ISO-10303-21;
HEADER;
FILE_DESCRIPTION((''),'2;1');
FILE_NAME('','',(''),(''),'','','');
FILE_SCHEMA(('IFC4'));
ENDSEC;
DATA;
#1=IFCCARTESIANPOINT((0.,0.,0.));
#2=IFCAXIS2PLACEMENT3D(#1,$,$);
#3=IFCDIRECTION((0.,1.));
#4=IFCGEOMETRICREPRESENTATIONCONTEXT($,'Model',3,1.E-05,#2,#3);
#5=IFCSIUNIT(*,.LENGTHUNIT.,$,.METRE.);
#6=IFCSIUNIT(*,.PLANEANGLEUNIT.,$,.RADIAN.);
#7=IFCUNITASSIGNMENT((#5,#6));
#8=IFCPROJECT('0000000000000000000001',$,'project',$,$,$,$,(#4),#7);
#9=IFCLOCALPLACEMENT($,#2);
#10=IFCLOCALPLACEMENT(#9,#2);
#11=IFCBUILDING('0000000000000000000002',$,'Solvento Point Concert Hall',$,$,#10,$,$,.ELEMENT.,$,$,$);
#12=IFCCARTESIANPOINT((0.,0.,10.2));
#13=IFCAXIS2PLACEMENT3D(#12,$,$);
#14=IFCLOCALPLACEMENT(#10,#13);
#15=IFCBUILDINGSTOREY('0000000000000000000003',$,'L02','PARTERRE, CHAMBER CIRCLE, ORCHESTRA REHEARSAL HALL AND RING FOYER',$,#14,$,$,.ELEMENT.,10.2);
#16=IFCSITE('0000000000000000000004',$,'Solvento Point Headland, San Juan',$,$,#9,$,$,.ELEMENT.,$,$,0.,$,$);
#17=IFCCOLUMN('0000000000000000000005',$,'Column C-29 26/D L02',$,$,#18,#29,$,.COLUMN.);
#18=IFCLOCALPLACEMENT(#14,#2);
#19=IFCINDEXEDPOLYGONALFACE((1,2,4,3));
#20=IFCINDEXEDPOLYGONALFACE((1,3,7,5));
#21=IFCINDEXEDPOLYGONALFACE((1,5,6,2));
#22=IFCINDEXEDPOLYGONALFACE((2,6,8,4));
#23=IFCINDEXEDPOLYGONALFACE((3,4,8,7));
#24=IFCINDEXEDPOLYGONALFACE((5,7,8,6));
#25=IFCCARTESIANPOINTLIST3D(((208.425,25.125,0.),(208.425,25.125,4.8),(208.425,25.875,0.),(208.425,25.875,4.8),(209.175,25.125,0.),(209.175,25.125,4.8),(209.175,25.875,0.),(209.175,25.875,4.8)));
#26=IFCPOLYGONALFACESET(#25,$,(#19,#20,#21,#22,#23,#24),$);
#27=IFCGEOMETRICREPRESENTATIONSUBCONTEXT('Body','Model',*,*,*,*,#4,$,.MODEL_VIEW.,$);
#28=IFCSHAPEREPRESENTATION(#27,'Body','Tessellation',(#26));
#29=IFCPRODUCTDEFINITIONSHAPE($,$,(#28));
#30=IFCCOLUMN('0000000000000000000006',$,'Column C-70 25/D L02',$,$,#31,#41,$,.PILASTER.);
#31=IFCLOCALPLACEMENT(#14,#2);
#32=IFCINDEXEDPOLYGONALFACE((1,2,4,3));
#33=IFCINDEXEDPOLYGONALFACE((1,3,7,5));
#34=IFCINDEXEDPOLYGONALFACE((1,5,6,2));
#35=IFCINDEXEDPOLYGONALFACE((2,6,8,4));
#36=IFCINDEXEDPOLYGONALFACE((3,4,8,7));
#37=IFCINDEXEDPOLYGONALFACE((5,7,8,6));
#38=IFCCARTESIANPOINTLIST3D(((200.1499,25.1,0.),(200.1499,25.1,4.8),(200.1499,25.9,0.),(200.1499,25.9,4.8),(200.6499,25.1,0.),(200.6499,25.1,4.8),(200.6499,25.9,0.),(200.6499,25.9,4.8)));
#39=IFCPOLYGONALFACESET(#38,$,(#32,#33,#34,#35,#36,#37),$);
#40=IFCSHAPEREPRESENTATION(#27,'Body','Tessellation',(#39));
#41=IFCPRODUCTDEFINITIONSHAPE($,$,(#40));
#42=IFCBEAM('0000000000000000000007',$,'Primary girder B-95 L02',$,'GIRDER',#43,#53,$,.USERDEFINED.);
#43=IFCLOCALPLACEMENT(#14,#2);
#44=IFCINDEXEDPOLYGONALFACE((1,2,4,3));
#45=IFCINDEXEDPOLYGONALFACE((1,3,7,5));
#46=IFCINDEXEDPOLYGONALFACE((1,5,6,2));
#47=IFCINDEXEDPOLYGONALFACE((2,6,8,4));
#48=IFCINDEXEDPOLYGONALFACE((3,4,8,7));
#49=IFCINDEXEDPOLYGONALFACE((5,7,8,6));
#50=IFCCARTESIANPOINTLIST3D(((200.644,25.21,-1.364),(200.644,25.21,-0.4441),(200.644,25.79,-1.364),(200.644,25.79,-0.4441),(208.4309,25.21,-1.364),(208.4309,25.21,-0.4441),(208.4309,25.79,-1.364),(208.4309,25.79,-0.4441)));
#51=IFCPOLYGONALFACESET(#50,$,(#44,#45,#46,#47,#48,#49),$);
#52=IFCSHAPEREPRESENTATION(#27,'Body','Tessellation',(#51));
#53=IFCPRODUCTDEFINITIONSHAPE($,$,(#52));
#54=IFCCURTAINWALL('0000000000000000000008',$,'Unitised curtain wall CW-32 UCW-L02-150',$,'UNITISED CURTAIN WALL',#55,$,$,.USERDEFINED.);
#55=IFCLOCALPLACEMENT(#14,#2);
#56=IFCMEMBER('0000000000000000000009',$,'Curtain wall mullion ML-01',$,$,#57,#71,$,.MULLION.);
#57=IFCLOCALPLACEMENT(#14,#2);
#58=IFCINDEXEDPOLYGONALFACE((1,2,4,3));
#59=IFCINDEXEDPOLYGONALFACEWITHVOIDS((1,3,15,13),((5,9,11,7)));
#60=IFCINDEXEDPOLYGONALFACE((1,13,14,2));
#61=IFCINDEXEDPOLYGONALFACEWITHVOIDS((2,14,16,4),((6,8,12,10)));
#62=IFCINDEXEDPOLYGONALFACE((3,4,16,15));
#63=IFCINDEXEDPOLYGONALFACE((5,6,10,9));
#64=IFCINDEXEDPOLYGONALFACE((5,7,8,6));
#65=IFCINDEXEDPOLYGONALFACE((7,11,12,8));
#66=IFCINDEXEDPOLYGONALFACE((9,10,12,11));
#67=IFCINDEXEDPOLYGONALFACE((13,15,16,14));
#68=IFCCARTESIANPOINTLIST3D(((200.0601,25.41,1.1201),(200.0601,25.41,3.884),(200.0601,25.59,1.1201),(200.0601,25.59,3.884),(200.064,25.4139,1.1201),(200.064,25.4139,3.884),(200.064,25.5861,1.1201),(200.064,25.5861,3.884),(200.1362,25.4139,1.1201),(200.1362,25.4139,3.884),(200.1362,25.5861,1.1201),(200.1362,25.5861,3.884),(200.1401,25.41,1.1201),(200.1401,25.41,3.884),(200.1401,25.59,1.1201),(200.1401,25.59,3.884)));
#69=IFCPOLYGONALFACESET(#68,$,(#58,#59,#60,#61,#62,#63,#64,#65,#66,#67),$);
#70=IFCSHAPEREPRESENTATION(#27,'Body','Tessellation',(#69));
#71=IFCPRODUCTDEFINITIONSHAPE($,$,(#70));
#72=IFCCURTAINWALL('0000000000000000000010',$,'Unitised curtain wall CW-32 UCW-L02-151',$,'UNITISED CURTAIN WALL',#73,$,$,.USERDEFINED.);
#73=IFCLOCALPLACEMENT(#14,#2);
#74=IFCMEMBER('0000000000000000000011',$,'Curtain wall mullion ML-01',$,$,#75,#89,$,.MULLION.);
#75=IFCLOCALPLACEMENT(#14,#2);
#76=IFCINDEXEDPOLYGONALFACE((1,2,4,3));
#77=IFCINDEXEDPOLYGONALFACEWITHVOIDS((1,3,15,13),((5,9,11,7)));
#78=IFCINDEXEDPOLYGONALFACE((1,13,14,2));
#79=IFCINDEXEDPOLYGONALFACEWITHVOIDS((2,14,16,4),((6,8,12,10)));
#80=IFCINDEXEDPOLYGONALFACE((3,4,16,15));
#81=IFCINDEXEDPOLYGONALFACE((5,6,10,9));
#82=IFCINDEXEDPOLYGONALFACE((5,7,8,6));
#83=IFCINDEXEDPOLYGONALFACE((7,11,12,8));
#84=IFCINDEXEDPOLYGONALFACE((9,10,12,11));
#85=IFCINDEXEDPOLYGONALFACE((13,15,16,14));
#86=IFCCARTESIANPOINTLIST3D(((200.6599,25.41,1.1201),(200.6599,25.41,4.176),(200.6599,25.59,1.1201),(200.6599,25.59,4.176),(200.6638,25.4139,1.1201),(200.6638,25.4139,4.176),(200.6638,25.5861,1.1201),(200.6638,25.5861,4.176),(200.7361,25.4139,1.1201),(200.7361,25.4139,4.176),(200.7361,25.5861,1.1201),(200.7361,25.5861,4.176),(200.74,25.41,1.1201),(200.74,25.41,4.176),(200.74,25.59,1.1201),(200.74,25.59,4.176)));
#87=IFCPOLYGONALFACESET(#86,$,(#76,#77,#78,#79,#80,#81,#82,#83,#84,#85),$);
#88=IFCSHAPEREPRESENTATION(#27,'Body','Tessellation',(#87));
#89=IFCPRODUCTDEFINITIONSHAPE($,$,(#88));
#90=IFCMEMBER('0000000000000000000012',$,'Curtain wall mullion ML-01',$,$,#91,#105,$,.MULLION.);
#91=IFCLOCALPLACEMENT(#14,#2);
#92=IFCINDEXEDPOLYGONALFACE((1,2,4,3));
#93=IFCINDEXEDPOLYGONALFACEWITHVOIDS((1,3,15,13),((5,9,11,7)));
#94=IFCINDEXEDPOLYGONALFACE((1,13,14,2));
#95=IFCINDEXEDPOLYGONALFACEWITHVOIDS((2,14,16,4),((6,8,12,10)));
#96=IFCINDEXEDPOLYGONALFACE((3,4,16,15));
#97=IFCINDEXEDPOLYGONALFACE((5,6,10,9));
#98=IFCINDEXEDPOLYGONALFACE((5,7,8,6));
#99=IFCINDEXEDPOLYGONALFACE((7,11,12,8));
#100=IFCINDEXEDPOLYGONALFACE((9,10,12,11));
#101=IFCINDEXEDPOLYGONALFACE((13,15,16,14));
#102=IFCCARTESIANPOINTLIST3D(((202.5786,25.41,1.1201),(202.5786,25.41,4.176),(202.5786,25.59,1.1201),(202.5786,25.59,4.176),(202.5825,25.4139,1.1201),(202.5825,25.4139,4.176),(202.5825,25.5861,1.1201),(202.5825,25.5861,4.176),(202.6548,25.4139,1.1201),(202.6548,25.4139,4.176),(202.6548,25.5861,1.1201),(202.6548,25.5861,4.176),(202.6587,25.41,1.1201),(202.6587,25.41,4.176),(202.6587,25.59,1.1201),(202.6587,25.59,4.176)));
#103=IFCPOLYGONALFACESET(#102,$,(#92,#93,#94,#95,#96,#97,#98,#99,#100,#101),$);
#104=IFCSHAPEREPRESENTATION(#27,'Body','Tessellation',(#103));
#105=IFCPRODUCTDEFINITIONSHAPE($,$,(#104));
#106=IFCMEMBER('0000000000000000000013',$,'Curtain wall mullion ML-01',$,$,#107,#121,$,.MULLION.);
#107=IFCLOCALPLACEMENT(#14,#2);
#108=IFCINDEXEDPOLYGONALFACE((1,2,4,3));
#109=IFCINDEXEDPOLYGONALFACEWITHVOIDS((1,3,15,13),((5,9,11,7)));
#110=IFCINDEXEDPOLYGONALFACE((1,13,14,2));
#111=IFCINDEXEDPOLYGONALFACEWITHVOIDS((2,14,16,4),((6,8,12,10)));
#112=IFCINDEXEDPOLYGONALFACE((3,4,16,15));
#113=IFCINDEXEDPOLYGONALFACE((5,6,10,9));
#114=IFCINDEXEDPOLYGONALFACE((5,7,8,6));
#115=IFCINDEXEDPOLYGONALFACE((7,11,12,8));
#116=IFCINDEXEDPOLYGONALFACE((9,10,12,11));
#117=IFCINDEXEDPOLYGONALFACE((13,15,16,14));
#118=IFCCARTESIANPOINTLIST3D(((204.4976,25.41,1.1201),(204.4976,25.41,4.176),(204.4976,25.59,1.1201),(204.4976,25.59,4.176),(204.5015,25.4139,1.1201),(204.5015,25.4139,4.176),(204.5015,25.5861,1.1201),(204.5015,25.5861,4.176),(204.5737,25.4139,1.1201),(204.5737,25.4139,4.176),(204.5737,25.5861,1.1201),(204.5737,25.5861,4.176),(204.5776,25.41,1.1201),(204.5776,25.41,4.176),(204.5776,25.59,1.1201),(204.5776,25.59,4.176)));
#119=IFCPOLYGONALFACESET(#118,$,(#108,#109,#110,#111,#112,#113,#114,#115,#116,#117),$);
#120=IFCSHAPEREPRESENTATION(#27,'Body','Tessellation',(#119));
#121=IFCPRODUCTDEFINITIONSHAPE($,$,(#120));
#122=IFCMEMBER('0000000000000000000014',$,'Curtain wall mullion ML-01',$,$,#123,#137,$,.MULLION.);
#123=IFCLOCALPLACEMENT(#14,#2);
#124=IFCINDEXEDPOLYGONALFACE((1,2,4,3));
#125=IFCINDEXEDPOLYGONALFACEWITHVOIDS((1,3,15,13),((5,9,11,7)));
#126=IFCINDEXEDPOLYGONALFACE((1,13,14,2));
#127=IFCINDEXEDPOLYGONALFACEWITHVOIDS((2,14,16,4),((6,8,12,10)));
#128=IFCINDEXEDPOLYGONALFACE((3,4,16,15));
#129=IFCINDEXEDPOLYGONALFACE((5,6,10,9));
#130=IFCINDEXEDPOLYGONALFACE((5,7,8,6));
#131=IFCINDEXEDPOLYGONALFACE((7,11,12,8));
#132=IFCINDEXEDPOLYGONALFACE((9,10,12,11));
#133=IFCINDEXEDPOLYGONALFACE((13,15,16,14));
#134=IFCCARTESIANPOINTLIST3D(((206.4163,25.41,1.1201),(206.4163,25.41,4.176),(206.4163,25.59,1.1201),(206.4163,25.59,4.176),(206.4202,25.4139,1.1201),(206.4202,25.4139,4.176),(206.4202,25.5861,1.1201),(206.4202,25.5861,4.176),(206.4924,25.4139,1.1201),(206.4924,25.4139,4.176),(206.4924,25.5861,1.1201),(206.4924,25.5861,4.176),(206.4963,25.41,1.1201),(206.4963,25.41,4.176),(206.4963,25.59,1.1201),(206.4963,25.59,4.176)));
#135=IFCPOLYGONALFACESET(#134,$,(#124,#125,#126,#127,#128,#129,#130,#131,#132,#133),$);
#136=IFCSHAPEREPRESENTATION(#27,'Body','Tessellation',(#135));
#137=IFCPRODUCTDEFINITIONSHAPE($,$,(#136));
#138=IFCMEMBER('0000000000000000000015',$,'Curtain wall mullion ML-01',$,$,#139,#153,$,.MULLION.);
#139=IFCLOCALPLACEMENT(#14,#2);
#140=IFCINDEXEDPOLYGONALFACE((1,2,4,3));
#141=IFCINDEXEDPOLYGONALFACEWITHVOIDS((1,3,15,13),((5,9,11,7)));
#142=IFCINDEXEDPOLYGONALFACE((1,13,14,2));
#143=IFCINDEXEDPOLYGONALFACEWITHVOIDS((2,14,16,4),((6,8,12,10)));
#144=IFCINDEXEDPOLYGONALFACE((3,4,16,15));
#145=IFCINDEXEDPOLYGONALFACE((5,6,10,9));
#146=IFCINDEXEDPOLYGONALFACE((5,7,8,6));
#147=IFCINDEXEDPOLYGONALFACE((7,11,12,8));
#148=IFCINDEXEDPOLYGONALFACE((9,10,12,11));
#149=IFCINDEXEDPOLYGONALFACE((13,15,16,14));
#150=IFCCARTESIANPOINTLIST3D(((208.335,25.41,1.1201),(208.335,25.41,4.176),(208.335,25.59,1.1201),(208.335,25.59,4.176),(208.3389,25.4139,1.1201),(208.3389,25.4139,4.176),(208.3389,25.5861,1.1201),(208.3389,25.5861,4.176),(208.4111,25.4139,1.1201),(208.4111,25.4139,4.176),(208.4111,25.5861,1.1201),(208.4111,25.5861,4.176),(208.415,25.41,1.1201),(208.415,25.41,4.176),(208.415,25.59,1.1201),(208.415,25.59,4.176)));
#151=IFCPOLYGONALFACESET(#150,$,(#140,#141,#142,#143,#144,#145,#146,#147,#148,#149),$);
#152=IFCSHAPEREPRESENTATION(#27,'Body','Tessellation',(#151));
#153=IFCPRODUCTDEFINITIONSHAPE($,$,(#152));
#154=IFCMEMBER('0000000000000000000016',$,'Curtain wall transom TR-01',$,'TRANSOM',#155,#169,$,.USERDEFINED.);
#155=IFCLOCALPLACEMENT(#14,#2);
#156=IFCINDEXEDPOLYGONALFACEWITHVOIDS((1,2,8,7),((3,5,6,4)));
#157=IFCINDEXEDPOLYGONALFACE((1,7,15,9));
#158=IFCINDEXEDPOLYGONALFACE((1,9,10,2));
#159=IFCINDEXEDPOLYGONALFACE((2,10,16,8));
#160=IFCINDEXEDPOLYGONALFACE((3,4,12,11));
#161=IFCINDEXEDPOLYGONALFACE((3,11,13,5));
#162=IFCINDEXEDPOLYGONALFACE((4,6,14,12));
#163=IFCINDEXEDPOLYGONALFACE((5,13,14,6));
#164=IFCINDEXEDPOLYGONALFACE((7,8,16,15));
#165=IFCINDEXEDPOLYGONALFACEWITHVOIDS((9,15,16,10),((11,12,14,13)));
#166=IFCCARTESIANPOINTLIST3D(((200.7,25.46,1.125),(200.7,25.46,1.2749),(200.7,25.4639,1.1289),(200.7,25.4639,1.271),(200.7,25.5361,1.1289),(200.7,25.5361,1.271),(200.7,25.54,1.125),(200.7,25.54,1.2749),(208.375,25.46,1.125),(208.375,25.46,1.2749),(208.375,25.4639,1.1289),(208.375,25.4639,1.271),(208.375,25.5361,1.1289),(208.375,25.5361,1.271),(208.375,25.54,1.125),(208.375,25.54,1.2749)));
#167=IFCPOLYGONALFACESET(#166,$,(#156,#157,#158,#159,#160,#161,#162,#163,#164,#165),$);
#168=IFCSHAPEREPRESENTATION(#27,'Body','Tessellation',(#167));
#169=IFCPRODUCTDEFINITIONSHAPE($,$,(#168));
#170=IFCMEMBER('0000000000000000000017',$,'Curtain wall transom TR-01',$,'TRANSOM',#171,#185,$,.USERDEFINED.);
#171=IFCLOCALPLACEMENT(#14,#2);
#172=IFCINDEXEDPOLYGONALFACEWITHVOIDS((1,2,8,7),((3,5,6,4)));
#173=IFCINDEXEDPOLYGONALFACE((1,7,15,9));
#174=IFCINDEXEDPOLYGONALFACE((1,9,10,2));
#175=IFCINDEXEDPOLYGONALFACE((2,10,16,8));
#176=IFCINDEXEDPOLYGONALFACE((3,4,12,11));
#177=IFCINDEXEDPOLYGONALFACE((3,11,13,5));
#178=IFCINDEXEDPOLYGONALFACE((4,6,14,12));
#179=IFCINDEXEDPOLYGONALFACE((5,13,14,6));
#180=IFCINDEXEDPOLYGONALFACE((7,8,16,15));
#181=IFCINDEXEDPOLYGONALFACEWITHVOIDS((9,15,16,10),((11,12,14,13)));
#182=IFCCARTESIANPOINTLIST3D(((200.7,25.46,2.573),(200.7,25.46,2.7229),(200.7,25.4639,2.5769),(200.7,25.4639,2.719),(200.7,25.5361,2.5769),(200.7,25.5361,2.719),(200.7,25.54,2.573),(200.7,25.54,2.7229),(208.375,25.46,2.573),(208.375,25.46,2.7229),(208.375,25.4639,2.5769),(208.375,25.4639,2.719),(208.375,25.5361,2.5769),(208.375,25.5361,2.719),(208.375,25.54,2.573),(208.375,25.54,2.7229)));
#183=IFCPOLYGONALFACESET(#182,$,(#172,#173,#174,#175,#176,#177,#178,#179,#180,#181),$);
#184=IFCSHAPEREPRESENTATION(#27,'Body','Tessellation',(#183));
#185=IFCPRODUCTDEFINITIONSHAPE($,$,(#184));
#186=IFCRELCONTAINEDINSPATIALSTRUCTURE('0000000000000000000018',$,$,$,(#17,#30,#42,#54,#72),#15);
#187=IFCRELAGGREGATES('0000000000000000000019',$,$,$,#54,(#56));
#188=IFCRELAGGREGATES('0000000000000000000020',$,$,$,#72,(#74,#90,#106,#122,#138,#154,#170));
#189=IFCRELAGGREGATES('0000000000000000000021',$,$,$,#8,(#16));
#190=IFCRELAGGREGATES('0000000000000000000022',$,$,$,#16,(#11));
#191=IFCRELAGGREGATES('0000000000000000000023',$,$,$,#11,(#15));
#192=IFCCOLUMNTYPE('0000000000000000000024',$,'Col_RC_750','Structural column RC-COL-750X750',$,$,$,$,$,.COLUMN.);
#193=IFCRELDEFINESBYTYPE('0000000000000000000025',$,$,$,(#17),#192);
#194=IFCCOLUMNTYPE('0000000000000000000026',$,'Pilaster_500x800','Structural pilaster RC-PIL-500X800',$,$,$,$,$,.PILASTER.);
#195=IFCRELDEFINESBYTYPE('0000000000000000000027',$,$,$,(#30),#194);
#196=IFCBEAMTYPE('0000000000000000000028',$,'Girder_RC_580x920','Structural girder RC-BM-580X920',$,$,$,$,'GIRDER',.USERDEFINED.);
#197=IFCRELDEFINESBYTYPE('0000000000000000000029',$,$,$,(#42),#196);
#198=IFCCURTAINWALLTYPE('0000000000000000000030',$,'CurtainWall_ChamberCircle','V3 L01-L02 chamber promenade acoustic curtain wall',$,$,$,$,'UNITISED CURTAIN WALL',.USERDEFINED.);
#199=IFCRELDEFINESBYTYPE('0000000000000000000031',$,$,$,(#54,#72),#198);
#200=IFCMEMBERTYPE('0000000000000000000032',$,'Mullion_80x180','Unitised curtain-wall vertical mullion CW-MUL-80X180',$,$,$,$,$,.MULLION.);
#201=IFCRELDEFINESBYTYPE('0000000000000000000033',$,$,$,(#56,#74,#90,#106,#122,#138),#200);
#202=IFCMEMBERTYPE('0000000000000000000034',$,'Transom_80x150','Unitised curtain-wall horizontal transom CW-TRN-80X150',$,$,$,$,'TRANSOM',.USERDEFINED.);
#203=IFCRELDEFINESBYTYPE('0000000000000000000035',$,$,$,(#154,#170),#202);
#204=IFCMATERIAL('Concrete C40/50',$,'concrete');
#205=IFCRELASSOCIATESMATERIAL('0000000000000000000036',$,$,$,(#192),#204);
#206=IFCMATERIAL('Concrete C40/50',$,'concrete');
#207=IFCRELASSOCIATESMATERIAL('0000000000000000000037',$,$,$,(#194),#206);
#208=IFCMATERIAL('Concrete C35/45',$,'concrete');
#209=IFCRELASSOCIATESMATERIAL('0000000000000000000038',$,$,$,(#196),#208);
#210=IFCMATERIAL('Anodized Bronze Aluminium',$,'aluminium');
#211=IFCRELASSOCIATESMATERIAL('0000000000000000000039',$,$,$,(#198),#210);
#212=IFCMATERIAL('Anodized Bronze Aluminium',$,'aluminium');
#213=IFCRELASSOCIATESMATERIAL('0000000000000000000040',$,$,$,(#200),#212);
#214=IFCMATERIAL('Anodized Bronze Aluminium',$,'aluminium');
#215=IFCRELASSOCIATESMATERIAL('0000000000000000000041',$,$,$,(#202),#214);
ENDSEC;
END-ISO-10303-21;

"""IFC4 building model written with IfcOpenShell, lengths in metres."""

from ifc_helpers import new_model, si_unit, direction, frame, origin, origin_2d, place, context, subcontext, project, spatial, rectangle, hollow_rectangle, extrude, material, material_profile, profile_set, type_object, element, aggregate, save


model = new_model("IFC4")

# Units and contexts
model_context = context("Model", 3, precision=1e-05, world=origin(), true_north=direction((0.0, 1.0)))
body_context = subcontext(model_context, "Body", "Model", "MODEL_VIEW")
ifc_project = project(units=[si_unit("LENGTHUNIT", "METRE"), si_unit("PLANEANGLEUNIT", "RADIAN")], contexts=[model_context])

# Site, building, storey
site_placement = place(None, origin())
site = spatial("IfcSite", under=ifc_project, at=site_placement, Name="Solvento Point Headland, San Juan", CompositionType="ELEMENT", RefElevation=0.0)
building_placement = place(site_placement, origin())
building = spatial("IfcBuilding", under=site, at=building_placement, Name="Solvento Point Concert Hall", CompositionType="ELEMENT")
storey_placement = place(building_placement, frame((0.0, 0.0, 10.2)))
storey = spatial("IfcBuildingStorey", under=building, at=storey_placement, Name="L02", Description="PARTERRE, CHAMBER CIRCLE, ORCHESTRA REHEARSAL HALL AND RING FOYER", CompositionType="ELEMENT", Elevation=10.2)

# Columns
ifc_material_1 = material(Name="Concrete C40/50", Category="concrete")
ifc_material_profile_1 = material_profile(ifc_material_1, rectangle(XDim=0.75, YDim=0.75, at=origin_2d()), Name="RC-COL-750X750")
ifc_profile_set_1 = profile_set([ifc_material_profile_1], Name="Concrete C40/50")
column_type_1 = type_object("IfcColumnType", Name="Col_RC_750", Description="Structural column RC-COL-750X750", PredefinedType="COLUMN", material=ifc_profile_set_1)
column_1_placement = place(storey_placement, frame((208.8, 25.5, 0.0), z_axis=(0.0, 0.0, 1.0), x_axis=(1.0, 0.0, 0.0)))
element("IfcColumn", 1, at=column_1_placement, inside=storey, type_object=column_type_1, Name="Column C-29 26/D L02", PredefinedType="COLUMN", context=body_context, shape_type="SweptSolid", body=[
    extrude(rectangle(XDim=0.75, YDim=0.75, at=origin_2d()), origin(), (0.0, 0.0, 1.0), 4.8),
])
ifc_material_2 = material(Name="Concrete C40/50", Category="concrete")
ifc_material_profile_2 = material_profile(ifc_material_2, rectangle(XDim=0.5, YDim=0.8, at=origin_2d()), Name="RC-PIL-500X800")
ifc_profile_set_2 = profile_set([ifc_material_profile_2], Name="Concrete C40/50")
column_type_2 = type_object("IfcColumnType", Name="Pilaster_500x800", Description="Structural pilaster RC-PIL-500X800", PredefinedType="PILASTER", material=ifc_profile_set_2)
column_2_placement = place(storey_placement, frame((200.3999, 25.5, 0.0), z_axis=(0.0, 0.0, 1.0), x_axis=(1.0, 0.0, 0.0)))
element("IfcColumn", 2, at=column_2_placement, inside=storey, type_object=column_type_2, Name="Column C-70 25/D L02", PredefinedType="PILASTER", context=body_context, shape_type="SweptSolid", body=[
    extrude(rectangle(XDim=0.5, YDim=0.8, at=origin_2d()), origin(), (0.0, 0.0, 1.0), 4.8),
])

# Beam
ifc_material_3 = material(Name="Concrete C35/45", Category="concrete")
ifc_material_profile_3 = material_profile(ifc_material_3, rectangle(XDim=0.5801, YDim=0.9199, at=origin_2d()), Name="RC-BM-580X920")
ifc_profile_set_3 = profile_set([ifc_material_profile_3], Name="Concrete C35/45")
beam_type = type_object("IfcBeamType", Name="Girder_RC_580x920", Description="Structural girder RC-BM-580X920", ElementType="GIRDER", PredefinedType="USERDEFINED", material=ifc_profile_set_3)
beam_placement = place(storey_placement, frame((200.644, 25.5, -0.9041), z_axis=(1.0, 0.0, 0.0), x_axis=(0.0, 1.0, 0.0)))
element("IfcBeam", 3, at=beam_placement, inside=storey, type_object=beam_type, Name="Primary girder B-95 L02", ObjectType="GIRDER", PredefinedType="USERDEFINED", context=body_context, shape_type="SweptSolid", body=[
    extrude(rectangle(XDim=0.5801, YDim=0.9199, at=origin_2d()), origin(), (0.0, 0.0, 1.0), 7.7869),
])

# Curtain wall, member
ifc_material_4 = material(Name="Anodized Bronze Aluminium", Category="aluminium")
curtain_wall_type = type_object("IfcCurtainWallType", Name="CurtainWall_ChamberCircle", Description="V3 L01-L02 chamber promenade acoustic curtain wall", ElementType="UNITISED CURTAIN WALL", PredefinedType="USERDEFINED", material=ifc_material_4)
curtain_wall_1_placement = place(storey_placement, origin())
curtain_wall_1 = element("IfcCurtainWall", 4, at=curtain_wall_1_placement, inside=storey, type_object=curtain_wall_type, Name="Unitised curtain wall CW-32 UCW-L02-150", ObjectType="UNITISED CURTAIN WALL", PredefinedType="USERDEFINED")
ifc_material_5 = material(Name="Anodized Bronze Aluminium", Category="aluminium")
ifc_material_profile_4 = material_profile(ifc_material_5, hollow_rectangle(XDim=0.0801, YDim=0.1799, WallThickness=0.0039, at=origin_2d()), Name="CW-MUL-80X180")
ifc_profile_set_4 = profile_set([ifc_material_profile_4], Name="Anodized Bronze Aluminium")
member_type_1 = type_object("IfcMemberType", Name="Mullion_80x180", Description="Unitised curtain-wall vertical mullion CW-MUL-80X180", PredefinedType="MULLION", material=ifc_profile_set_4)
member_1_placement = place(storey_placement, frame((200.1001, 25.5, 1.1201), z_axis=(0.0, 0.0, 1.0), x_axis=(1.0, 0.0, 0.0)))
member_1 = element("IfcMember", 5, at=member_1_placement, type_object=member_type_1, Name="Curtain wall mullion ML-01", PredefinedType="MULLION", context=body_context, shape_type="SweptSolid", body=[
    extrude(hollow_rectangle(XDim=0.0801, YDim=0.1799, WallThickness=0.0039, at=origin_2d()), origin(), (0.0, 0.0, 1.0), 2.7639),
])

# Curtain wall, members
curtain_wall_2_placement = place(storey_placement, origin())
curtain_wall_2 = element("IfcCurtainWall", 6, at=curtain_wall_2_placement, inside=storey, type_object=curtain_wall_type, Name="Unitised curtain wall CW-32 UCW-L02-151", ObjectType="UNITISED CURTAIN WALL", PredefinedType="USERDEFINED")
member_2_placement = place(storey_placement, frame((200.7, 25.5, 1.1201), z_axis=(0.0, 0.0, 1.0), x_axis=(1.0, 0.0, 0.0)))
member_2 = element("IfcMember", 7, at=member_2_placement, type_object=member_type_1, Name="Curtain wall mullion ML-01", PredefinedType="MULLION", context=body_context, shape_type="SweptSolid", body=[
    extrude(hollow_rectangle(XDim=0.0801, YDim=0.1799, WallThickness=0.0039, at=origin_2d()), origin(), (0.0, 0.0, 1.0), 3.0559),
])
member_3_placement = place(storey_placement, frame((202.6187, 25.5, 1.1201), z_axis=(0.0, 0.0, 1.0), x_axis=(1.0, 0.0, 0.0)))
member_3 = element("IfcMember", 8, at=member_3_placement, type_object=member_type_1, Name="Curtain wall mullion ML-01", PredefinedType="MULLION", context=body_context, shape_type="SweptSolid", body=[
    extrude(hollow_rectangle(XDim=0.0801, YDim=0.1799, WallThickness=0.0039, at=origin_2d()), origin(), (0.0, 0.0, 1.0), 3.0559),
])
member_4_placement = place(storey_placement, frame((204.5376, 25.5, 1.1201), z_axis=(0.0, 0.0, 1.0), x_axis=(1.0, 0.0, 0.0)))
member_4 = element("IfcMember", 9, at=member_4_placement, type_object=member_type_1, Name="Curtain wall mullion ML-01", PredefinedType="MULLION", context=body_context, shape_type="SweptSolid", body=[
    extrude(hollow_rectangle(XDim=0.0801, YDim=0.1799, WallThickness=0.0039, at=origin_2d()), origin(), (0.0, 0.0, 1.0), 3.0559),
])
member_5_placement = place(storey_placement, frame((206.4563, 25.5, 1.1201), z_axis=(0.0, 0.0, 1.0), x_axis=(1.0, 0.0, 0.0)))
member_5 = element("IfcMember", 10, at=member_5_placement, type_object=member_type_1, Name="Curtain wall mullion ML-01", PredefinedType="MULLION", context=body_context, shape_type="SweptSolid", body=[
    extrude(hollow_rectangle(XDim=0.0801, YDim=0.1799, WallThickness=0.0039, at=origin_2d()), origin(), (0.0, 0.0, 1.0), 3.0559),
])
member_6_placement = place(storey_placement, frame((208.375, 25.5, 1.1201), z_axis=(0.0, 0.0, 1.0), x_axis=(1.0, 0.0, 0.0)))
member_6 = element("IfcMember", 11, at=member_6_placement, type_object=member_type_1, Name="Curtain wall mullion ML-01", PredefinedType="MULLION", context=body_context, shape_type="SweptSolid", body=[
    extrude(hollow_rectangle(XDim=0.0801, YDim=0.1799, WallThickness=0.0039, at=origin_2d()), origin(), (0.0, 0.0, 1.0), 3.0559),
])
ifc_material_6 = material(Name="Anodized Bronze Aluminium", Category="aluminium")
ifc_material_profile_5 = material_profile(ifc_material_6, hollow_rectangle(XDim=0.0801, YDim=0.1499, WallThickness=0.0039, at=origin_2d()), Name="CW-TRN-80X150")
ifc_profile_set_5 = profile_set([ifc_material_profile_5], Name="Anodized Bronze Aluminium")
member_type_2 = type_object("IfcMemberType", Name="Transom_80x150", Description="Unitised curtain-wall horizontal transom CW-TRN-80X150", ElementType="TRANSOM", PredefinedType="USERDEFINED", material=ifc_profile_set_5)
member_7_placement = place(storey_placement, frame((200.7, 25.5, 1.2), z_axis=(1.0, 0.0, 0.0), x_axis=(0.0, 1.0, 0.0)))
member_7 = element("IfcMember", 12, at=member_7_placement, type_object=member_type_2, Name="Curtain wall transom TR-01", ObjectType="TRANSOM", PredefinedType="USERDEFINED", context=body_context, shape_type="SweptSolid", body=[
    extrude(hollow_rectangle(XDim=0.0801, YDim=0.1499, WallThickness=0.0039, at=origin_2d()), origin(), (0.0, 0.0, 1.0), 7.675),
])
member_8_placement = place(storey_placement, frame((200.7, 25.5, 2.6479), z_axis=(1.0, 0.0, 0.0), x_axis=(0.0, 1.0, 0.0)))
member_8 = element("IfcMember", 13, at=member_8_placement, type_object=member_type_2, Name="Curtain wall transom TR-01", ObjectType="TRANSOM", PredefinedType="USERDEFINED", context=body_context, shape_type="SweptSolid", body=[
    extrude(hollow_rectangle(XDim=0.0801, YDim=0.1499, WallThickness=0.0039, at=origin_2d()), origin(), (0.0, 0.0, 1.0), 7.675),
])

aggregate(curtain_wall_1, [member_1])
aggregate(curtain_wall_2, [member_2, member_3, member_4, member_5, member_6, member_7, member_8])

save(model, "model.ifc")
